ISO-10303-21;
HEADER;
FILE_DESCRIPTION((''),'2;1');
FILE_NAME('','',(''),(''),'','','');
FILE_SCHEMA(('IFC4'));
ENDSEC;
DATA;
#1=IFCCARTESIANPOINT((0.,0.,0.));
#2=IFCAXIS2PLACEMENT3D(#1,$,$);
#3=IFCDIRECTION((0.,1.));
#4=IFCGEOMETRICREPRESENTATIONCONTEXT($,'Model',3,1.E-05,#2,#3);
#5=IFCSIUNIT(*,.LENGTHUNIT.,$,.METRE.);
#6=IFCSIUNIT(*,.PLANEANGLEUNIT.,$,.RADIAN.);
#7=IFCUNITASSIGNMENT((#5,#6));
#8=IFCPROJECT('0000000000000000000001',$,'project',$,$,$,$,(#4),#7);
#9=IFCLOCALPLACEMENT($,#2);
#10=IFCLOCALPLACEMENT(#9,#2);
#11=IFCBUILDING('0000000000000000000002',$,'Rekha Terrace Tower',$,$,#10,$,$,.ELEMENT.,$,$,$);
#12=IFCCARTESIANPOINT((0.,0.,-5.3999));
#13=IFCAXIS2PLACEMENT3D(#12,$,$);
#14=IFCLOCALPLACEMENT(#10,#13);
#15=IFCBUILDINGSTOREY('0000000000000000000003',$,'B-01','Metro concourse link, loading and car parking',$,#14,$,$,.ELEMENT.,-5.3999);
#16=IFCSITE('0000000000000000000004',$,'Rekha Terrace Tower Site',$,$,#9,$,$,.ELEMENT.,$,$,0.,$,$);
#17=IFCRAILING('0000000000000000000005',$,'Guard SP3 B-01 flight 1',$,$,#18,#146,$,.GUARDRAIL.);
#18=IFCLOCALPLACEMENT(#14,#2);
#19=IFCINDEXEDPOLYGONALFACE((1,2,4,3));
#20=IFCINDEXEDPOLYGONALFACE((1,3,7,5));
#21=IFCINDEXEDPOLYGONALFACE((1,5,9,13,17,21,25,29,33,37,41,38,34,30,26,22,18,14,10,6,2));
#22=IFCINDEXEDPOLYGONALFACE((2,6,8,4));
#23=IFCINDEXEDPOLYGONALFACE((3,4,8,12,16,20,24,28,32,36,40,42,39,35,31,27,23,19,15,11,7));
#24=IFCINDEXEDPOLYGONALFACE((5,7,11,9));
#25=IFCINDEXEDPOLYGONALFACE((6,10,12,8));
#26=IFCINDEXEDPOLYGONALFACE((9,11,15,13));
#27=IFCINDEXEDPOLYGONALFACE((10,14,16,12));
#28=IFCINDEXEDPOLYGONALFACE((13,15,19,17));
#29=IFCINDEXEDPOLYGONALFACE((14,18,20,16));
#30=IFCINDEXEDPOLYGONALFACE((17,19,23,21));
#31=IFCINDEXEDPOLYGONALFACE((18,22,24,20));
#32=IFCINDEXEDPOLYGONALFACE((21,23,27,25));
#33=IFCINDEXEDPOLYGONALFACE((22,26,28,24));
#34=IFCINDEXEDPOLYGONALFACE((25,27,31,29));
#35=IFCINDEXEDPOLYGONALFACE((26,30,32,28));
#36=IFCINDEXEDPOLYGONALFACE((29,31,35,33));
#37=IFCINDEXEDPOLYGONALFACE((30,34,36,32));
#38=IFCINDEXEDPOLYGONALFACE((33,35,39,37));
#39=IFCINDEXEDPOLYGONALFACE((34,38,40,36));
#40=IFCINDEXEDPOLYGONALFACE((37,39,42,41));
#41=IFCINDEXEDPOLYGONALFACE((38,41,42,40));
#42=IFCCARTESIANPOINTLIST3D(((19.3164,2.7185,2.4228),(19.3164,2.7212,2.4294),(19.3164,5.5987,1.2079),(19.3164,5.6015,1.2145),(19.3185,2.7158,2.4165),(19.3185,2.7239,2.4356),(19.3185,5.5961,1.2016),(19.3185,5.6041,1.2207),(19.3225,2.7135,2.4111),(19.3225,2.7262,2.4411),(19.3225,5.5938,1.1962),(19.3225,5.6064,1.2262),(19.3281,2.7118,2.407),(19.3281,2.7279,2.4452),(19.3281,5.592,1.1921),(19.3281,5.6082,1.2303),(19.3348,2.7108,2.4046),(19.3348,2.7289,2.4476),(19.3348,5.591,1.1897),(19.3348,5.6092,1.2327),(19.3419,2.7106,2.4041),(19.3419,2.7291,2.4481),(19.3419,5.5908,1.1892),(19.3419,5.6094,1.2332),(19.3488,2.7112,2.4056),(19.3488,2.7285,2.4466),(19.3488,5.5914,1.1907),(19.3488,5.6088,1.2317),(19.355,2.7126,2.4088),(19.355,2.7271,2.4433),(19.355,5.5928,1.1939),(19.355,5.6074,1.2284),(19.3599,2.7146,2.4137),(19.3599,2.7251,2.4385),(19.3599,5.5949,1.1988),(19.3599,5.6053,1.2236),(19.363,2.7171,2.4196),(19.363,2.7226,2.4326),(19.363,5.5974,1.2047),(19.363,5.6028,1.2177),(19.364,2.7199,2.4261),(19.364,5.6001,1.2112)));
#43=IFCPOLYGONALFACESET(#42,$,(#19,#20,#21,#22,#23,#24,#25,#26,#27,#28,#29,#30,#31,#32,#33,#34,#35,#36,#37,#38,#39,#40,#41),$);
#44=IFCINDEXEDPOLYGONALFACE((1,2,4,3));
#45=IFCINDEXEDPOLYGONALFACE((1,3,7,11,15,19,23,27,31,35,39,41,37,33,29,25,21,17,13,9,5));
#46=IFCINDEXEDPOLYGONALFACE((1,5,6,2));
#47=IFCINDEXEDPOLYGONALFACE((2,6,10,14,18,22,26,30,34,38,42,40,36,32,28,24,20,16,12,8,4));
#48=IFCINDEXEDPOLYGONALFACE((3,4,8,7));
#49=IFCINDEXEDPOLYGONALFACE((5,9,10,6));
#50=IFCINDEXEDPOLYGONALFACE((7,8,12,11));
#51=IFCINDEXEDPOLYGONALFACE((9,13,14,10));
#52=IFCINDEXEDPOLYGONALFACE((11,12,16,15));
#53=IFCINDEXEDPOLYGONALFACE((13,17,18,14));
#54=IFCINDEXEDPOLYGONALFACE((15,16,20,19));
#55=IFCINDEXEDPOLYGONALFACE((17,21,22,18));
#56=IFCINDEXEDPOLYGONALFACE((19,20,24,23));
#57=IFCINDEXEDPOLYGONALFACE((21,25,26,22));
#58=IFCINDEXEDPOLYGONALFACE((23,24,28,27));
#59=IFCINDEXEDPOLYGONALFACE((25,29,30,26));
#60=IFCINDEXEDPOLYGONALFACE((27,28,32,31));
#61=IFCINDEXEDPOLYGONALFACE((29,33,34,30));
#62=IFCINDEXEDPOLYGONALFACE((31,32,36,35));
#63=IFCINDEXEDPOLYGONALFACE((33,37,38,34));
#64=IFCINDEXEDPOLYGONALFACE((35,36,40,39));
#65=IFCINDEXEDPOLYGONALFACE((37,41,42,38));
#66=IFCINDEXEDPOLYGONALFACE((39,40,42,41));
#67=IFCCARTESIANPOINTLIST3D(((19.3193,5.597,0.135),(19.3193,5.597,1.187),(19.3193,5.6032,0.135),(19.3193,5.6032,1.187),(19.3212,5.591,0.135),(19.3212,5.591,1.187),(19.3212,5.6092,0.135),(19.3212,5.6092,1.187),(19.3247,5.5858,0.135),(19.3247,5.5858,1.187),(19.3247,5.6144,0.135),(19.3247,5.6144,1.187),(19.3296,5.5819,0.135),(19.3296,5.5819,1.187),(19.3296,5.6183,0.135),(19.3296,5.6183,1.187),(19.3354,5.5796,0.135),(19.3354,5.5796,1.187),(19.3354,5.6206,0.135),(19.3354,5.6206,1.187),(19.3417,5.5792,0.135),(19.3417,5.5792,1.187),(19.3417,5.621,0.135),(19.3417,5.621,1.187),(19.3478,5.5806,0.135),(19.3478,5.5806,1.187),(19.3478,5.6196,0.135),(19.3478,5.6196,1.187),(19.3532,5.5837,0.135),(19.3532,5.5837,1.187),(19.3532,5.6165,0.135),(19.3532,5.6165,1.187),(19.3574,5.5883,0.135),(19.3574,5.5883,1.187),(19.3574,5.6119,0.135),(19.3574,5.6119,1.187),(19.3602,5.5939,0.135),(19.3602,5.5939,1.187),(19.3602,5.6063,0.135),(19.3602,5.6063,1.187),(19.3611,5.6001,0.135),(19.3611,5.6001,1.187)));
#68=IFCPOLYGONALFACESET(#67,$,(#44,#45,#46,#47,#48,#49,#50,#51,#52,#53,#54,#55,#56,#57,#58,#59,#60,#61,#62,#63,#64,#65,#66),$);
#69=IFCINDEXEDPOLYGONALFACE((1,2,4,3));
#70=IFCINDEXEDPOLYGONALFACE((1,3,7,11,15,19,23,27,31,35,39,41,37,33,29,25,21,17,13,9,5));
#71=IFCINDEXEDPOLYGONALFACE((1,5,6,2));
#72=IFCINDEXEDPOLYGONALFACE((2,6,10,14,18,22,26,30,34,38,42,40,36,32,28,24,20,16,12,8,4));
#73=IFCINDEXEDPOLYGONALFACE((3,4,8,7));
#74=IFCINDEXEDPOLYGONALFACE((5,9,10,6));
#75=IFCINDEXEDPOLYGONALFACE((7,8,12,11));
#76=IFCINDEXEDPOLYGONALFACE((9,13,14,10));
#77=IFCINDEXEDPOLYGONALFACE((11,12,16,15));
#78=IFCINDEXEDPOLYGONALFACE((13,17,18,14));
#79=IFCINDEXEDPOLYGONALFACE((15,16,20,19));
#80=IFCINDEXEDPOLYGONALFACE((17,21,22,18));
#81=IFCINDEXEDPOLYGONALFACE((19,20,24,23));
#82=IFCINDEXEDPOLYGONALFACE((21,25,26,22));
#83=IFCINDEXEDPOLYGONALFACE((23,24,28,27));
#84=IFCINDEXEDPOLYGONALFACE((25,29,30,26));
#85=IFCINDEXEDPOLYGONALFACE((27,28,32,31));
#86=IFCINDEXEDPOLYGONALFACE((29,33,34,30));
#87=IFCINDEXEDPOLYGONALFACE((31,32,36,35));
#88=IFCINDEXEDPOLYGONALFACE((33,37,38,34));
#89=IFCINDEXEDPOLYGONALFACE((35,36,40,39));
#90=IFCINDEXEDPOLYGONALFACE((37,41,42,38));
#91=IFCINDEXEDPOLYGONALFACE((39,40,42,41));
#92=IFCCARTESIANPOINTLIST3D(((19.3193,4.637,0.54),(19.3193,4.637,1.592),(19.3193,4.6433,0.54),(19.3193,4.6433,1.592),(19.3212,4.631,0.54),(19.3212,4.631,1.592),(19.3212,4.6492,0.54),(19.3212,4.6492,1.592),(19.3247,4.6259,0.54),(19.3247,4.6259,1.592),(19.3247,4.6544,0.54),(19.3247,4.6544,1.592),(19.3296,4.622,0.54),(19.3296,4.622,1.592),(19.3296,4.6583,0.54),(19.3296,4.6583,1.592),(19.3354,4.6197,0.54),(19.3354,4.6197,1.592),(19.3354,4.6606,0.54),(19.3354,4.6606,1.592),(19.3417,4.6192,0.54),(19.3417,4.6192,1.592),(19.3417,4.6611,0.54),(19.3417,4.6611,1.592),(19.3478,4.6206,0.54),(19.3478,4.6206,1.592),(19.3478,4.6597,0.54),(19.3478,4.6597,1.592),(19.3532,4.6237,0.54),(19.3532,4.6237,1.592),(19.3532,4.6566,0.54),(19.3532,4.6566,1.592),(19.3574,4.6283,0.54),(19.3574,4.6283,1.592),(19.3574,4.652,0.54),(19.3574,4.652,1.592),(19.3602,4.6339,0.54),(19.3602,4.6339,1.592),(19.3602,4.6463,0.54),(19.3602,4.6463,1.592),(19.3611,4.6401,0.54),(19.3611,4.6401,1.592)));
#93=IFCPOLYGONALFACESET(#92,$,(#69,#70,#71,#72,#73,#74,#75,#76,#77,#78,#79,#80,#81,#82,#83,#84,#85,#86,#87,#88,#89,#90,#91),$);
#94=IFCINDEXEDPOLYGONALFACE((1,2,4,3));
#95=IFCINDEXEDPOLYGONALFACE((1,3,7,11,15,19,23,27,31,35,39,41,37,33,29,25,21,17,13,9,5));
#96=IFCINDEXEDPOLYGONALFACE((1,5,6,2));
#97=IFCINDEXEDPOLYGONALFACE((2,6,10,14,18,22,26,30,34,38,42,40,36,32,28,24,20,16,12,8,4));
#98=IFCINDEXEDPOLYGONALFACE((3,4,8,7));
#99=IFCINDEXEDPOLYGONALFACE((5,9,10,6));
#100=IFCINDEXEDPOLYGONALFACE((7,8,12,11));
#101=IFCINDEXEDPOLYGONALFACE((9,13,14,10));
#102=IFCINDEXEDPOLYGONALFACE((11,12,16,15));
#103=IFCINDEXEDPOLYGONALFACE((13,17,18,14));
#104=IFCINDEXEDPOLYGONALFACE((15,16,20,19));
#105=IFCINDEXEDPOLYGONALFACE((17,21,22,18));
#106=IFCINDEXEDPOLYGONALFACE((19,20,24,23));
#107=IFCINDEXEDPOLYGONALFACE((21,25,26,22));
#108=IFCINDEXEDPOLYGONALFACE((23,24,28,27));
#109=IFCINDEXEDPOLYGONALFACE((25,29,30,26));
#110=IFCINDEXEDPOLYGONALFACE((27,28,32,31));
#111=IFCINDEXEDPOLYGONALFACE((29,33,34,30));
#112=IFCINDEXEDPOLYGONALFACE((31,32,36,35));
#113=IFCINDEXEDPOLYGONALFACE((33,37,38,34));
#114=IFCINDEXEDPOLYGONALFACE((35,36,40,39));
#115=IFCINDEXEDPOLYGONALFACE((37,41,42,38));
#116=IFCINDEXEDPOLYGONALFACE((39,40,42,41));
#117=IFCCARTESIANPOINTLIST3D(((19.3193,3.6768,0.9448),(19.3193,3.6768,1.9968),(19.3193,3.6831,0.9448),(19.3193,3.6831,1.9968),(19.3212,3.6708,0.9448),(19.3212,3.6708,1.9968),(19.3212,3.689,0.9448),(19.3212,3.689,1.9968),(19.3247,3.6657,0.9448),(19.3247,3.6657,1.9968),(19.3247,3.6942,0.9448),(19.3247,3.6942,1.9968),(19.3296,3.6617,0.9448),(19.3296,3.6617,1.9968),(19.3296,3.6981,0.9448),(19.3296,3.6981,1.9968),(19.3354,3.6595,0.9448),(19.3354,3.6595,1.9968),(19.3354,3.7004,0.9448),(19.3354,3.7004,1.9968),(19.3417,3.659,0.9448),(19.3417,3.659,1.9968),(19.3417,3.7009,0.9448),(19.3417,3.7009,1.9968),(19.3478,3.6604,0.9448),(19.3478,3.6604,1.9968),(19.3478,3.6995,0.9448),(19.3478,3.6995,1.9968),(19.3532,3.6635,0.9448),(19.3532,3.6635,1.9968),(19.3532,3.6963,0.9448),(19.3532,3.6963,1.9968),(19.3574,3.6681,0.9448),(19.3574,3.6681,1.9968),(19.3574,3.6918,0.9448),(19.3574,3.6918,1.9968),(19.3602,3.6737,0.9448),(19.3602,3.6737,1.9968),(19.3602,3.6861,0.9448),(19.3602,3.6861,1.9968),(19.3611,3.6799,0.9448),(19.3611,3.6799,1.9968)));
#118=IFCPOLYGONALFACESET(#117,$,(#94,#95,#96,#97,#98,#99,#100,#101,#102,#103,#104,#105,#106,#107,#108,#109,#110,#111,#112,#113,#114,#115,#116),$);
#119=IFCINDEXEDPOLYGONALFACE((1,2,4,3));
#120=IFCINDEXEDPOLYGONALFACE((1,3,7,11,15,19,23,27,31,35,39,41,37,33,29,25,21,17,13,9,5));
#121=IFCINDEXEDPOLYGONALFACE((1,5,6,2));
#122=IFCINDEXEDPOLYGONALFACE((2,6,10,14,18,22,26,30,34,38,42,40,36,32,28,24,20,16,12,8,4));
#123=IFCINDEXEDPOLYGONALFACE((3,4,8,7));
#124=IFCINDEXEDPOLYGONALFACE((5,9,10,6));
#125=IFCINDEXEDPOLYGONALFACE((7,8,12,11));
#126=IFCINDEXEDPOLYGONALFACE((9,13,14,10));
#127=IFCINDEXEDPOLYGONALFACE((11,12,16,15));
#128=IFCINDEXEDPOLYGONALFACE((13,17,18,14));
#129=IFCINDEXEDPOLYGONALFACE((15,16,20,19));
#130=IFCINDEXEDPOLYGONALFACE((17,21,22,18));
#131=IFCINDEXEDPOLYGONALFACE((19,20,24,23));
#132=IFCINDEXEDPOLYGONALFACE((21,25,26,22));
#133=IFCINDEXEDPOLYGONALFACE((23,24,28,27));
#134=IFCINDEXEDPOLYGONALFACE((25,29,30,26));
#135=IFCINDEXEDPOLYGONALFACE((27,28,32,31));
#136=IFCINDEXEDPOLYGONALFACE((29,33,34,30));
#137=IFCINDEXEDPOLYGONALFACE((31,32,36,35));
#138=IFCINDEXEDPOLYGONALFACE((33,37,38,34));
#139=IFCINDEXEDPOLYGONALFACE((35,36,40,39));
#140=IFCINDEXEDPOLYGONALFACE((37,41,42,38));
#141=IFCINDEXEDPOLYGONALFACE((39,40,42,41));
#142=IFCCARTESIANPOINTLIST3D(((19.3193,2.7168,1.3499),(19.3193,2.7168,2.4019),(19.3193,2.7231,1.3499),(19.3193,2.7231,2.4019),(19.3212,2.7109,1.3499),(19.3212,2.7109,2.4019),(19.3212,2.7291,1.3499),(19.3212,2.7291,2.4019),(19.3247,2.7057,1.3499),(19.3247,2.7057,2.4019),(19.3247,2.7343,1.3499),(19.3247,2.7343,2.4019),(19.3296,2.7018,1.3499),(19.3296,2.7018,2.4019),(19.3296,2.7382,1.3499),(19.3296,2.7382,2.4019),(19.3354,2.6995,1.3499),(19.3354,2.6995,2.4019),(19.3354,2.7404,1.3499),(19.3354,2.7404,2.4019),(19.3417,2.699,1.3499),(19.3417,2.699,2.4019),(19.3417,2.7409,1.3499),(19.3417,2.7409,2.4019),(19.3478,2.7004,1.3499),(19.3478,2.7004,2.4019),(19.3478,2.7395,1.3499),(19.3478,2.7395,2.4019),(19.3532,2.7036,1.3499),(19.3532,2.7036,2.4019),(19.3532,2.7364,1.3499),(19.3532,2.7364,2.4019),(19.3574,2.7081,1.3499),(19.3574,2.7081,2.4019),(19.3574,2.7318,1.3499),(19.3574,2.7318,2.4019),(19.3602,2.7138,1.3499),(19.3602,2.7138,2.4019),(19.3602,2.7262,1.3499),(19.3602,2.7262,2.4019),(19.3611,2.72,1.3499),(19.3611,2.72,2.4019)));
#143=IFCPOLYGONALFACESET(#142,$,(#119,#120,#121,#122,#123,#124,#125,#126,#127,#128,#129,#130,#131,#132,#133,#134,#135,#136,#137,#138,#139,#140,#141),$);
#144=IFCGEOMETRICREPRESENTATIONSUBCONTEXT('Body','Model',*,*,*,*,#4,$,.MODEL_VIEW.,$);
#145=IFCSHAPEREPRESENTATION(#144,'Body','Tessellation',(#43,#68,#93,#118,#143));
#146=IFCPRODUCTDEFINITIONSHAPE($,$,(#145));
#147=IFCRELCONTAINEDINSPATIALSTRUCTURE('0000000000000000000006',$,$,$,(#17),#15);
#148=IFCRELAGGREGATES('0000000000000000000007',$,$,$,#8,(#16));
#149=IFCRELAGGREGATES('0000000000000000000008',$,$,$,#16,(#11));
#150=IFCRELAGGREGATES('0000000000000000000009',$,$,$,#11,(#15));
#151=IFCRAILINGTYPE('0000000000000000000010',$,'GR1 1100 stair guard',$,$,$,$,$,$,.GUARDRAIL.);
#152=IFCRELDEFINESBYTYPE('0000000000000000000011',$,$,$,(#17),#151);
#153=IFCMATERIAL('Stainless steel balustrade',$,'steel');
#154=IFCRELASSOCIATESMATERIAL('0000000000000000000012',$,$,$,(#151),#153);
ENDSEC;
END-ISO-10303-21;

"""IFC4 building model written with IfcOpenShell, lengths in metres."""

from ifc_helpers import new_model, si_unit, direction, frame, origin, origin_2d, place, context, subcontext, project, spatial, circle, extrude, material, type_object, element, save


model = new_model("IFC4")

# Units and contexts
model_context = context("Model", 3, precision=1e-05, world=origin(), true_north=direction((0.0, 1.0)))
body_context = subcontext(model_context, "Body", "Model", "MODEL_VIEW")
ifc_project = project(units=[si_unit("LENGTHUNIT", "METRE"), si_unit("PLANEANGLEUNIT", "RADIAN")], contexts=[model_context])

# Site, building, storey
site_placement = place(None, origin())
site = spatial("IfcSite", under=ifc_project, at=site_placement, Name="Rekha Terrace Tower Site", CompositionType="ELEMENT", RefElevation=0.0)
building_placement = place(site_placement, origin())
building = spatial("IfcBuilding", under=site, at=building_placement, Name="Rekha Terrace Tower", CompositionType="ELEMENT")
storey_placement = place(building_placement, frame((0.0, 0.0, -5.3999)))
storey = spatial("IfcBuildingStorey", under=building, at=storey_placement, Name="B-01", Description="Metro concourse link, loading and car parking", CompositionType="ELEMENT", Elevation=-5.3999)

# Railing
ifc_material_1 = material(Name="Stainless steel balustrade", Category="steel")
railing_type_1 = type_object("IfcRailingType", Name="GR1 1100 stair guard", PredefinedType="GUARDRAIL", material=ifc_material_1)
railing_1_placement = place(storey_placement, frame((19.3401, 5.6001, 0.135)))
element("IfcRailing", 1, at=railing_1_placement, inside=storey, type_object=railing_type_1, Name="Guard SP3 B-01 flight 1", PredefinedType="GUARDRAIL", context=body_context, shape_type="SweptSolid", body=[
    extrude(circle(Radius=0.0239, at=origin_2d()), frame((0.0, 0.0, 1.0762), z_axis=(0.0, -0.921388, 0.388644), x_axis=(1.0, 0.0, 0.0)), (0.0, 0.0, 1.0), 3.126),
    extrude(circle(Radius=0.021, at=origin_2d()), origin(), (0.0, 0.0, 1.0), 1.052),
    extrude(circle(Radius=0.021, at=origin_2d()), frame((0.0, -0.96, 0.405)), (0.0, 0.0, 1.0), 1.052),
    extrude(circle(Radius=0.021, at=origin_2d()), frame((0.0, -1.9202, 0.8098)), (0.0, 0.0, 1.0), 1.052),
    extrude(circle(Radius=0.021, at=origin_2d()), frame((0.0, -2.8801, 1.2148)), (0.0, 0.0, 1.0), 1.052),
])

save(model, "model.ifc")
